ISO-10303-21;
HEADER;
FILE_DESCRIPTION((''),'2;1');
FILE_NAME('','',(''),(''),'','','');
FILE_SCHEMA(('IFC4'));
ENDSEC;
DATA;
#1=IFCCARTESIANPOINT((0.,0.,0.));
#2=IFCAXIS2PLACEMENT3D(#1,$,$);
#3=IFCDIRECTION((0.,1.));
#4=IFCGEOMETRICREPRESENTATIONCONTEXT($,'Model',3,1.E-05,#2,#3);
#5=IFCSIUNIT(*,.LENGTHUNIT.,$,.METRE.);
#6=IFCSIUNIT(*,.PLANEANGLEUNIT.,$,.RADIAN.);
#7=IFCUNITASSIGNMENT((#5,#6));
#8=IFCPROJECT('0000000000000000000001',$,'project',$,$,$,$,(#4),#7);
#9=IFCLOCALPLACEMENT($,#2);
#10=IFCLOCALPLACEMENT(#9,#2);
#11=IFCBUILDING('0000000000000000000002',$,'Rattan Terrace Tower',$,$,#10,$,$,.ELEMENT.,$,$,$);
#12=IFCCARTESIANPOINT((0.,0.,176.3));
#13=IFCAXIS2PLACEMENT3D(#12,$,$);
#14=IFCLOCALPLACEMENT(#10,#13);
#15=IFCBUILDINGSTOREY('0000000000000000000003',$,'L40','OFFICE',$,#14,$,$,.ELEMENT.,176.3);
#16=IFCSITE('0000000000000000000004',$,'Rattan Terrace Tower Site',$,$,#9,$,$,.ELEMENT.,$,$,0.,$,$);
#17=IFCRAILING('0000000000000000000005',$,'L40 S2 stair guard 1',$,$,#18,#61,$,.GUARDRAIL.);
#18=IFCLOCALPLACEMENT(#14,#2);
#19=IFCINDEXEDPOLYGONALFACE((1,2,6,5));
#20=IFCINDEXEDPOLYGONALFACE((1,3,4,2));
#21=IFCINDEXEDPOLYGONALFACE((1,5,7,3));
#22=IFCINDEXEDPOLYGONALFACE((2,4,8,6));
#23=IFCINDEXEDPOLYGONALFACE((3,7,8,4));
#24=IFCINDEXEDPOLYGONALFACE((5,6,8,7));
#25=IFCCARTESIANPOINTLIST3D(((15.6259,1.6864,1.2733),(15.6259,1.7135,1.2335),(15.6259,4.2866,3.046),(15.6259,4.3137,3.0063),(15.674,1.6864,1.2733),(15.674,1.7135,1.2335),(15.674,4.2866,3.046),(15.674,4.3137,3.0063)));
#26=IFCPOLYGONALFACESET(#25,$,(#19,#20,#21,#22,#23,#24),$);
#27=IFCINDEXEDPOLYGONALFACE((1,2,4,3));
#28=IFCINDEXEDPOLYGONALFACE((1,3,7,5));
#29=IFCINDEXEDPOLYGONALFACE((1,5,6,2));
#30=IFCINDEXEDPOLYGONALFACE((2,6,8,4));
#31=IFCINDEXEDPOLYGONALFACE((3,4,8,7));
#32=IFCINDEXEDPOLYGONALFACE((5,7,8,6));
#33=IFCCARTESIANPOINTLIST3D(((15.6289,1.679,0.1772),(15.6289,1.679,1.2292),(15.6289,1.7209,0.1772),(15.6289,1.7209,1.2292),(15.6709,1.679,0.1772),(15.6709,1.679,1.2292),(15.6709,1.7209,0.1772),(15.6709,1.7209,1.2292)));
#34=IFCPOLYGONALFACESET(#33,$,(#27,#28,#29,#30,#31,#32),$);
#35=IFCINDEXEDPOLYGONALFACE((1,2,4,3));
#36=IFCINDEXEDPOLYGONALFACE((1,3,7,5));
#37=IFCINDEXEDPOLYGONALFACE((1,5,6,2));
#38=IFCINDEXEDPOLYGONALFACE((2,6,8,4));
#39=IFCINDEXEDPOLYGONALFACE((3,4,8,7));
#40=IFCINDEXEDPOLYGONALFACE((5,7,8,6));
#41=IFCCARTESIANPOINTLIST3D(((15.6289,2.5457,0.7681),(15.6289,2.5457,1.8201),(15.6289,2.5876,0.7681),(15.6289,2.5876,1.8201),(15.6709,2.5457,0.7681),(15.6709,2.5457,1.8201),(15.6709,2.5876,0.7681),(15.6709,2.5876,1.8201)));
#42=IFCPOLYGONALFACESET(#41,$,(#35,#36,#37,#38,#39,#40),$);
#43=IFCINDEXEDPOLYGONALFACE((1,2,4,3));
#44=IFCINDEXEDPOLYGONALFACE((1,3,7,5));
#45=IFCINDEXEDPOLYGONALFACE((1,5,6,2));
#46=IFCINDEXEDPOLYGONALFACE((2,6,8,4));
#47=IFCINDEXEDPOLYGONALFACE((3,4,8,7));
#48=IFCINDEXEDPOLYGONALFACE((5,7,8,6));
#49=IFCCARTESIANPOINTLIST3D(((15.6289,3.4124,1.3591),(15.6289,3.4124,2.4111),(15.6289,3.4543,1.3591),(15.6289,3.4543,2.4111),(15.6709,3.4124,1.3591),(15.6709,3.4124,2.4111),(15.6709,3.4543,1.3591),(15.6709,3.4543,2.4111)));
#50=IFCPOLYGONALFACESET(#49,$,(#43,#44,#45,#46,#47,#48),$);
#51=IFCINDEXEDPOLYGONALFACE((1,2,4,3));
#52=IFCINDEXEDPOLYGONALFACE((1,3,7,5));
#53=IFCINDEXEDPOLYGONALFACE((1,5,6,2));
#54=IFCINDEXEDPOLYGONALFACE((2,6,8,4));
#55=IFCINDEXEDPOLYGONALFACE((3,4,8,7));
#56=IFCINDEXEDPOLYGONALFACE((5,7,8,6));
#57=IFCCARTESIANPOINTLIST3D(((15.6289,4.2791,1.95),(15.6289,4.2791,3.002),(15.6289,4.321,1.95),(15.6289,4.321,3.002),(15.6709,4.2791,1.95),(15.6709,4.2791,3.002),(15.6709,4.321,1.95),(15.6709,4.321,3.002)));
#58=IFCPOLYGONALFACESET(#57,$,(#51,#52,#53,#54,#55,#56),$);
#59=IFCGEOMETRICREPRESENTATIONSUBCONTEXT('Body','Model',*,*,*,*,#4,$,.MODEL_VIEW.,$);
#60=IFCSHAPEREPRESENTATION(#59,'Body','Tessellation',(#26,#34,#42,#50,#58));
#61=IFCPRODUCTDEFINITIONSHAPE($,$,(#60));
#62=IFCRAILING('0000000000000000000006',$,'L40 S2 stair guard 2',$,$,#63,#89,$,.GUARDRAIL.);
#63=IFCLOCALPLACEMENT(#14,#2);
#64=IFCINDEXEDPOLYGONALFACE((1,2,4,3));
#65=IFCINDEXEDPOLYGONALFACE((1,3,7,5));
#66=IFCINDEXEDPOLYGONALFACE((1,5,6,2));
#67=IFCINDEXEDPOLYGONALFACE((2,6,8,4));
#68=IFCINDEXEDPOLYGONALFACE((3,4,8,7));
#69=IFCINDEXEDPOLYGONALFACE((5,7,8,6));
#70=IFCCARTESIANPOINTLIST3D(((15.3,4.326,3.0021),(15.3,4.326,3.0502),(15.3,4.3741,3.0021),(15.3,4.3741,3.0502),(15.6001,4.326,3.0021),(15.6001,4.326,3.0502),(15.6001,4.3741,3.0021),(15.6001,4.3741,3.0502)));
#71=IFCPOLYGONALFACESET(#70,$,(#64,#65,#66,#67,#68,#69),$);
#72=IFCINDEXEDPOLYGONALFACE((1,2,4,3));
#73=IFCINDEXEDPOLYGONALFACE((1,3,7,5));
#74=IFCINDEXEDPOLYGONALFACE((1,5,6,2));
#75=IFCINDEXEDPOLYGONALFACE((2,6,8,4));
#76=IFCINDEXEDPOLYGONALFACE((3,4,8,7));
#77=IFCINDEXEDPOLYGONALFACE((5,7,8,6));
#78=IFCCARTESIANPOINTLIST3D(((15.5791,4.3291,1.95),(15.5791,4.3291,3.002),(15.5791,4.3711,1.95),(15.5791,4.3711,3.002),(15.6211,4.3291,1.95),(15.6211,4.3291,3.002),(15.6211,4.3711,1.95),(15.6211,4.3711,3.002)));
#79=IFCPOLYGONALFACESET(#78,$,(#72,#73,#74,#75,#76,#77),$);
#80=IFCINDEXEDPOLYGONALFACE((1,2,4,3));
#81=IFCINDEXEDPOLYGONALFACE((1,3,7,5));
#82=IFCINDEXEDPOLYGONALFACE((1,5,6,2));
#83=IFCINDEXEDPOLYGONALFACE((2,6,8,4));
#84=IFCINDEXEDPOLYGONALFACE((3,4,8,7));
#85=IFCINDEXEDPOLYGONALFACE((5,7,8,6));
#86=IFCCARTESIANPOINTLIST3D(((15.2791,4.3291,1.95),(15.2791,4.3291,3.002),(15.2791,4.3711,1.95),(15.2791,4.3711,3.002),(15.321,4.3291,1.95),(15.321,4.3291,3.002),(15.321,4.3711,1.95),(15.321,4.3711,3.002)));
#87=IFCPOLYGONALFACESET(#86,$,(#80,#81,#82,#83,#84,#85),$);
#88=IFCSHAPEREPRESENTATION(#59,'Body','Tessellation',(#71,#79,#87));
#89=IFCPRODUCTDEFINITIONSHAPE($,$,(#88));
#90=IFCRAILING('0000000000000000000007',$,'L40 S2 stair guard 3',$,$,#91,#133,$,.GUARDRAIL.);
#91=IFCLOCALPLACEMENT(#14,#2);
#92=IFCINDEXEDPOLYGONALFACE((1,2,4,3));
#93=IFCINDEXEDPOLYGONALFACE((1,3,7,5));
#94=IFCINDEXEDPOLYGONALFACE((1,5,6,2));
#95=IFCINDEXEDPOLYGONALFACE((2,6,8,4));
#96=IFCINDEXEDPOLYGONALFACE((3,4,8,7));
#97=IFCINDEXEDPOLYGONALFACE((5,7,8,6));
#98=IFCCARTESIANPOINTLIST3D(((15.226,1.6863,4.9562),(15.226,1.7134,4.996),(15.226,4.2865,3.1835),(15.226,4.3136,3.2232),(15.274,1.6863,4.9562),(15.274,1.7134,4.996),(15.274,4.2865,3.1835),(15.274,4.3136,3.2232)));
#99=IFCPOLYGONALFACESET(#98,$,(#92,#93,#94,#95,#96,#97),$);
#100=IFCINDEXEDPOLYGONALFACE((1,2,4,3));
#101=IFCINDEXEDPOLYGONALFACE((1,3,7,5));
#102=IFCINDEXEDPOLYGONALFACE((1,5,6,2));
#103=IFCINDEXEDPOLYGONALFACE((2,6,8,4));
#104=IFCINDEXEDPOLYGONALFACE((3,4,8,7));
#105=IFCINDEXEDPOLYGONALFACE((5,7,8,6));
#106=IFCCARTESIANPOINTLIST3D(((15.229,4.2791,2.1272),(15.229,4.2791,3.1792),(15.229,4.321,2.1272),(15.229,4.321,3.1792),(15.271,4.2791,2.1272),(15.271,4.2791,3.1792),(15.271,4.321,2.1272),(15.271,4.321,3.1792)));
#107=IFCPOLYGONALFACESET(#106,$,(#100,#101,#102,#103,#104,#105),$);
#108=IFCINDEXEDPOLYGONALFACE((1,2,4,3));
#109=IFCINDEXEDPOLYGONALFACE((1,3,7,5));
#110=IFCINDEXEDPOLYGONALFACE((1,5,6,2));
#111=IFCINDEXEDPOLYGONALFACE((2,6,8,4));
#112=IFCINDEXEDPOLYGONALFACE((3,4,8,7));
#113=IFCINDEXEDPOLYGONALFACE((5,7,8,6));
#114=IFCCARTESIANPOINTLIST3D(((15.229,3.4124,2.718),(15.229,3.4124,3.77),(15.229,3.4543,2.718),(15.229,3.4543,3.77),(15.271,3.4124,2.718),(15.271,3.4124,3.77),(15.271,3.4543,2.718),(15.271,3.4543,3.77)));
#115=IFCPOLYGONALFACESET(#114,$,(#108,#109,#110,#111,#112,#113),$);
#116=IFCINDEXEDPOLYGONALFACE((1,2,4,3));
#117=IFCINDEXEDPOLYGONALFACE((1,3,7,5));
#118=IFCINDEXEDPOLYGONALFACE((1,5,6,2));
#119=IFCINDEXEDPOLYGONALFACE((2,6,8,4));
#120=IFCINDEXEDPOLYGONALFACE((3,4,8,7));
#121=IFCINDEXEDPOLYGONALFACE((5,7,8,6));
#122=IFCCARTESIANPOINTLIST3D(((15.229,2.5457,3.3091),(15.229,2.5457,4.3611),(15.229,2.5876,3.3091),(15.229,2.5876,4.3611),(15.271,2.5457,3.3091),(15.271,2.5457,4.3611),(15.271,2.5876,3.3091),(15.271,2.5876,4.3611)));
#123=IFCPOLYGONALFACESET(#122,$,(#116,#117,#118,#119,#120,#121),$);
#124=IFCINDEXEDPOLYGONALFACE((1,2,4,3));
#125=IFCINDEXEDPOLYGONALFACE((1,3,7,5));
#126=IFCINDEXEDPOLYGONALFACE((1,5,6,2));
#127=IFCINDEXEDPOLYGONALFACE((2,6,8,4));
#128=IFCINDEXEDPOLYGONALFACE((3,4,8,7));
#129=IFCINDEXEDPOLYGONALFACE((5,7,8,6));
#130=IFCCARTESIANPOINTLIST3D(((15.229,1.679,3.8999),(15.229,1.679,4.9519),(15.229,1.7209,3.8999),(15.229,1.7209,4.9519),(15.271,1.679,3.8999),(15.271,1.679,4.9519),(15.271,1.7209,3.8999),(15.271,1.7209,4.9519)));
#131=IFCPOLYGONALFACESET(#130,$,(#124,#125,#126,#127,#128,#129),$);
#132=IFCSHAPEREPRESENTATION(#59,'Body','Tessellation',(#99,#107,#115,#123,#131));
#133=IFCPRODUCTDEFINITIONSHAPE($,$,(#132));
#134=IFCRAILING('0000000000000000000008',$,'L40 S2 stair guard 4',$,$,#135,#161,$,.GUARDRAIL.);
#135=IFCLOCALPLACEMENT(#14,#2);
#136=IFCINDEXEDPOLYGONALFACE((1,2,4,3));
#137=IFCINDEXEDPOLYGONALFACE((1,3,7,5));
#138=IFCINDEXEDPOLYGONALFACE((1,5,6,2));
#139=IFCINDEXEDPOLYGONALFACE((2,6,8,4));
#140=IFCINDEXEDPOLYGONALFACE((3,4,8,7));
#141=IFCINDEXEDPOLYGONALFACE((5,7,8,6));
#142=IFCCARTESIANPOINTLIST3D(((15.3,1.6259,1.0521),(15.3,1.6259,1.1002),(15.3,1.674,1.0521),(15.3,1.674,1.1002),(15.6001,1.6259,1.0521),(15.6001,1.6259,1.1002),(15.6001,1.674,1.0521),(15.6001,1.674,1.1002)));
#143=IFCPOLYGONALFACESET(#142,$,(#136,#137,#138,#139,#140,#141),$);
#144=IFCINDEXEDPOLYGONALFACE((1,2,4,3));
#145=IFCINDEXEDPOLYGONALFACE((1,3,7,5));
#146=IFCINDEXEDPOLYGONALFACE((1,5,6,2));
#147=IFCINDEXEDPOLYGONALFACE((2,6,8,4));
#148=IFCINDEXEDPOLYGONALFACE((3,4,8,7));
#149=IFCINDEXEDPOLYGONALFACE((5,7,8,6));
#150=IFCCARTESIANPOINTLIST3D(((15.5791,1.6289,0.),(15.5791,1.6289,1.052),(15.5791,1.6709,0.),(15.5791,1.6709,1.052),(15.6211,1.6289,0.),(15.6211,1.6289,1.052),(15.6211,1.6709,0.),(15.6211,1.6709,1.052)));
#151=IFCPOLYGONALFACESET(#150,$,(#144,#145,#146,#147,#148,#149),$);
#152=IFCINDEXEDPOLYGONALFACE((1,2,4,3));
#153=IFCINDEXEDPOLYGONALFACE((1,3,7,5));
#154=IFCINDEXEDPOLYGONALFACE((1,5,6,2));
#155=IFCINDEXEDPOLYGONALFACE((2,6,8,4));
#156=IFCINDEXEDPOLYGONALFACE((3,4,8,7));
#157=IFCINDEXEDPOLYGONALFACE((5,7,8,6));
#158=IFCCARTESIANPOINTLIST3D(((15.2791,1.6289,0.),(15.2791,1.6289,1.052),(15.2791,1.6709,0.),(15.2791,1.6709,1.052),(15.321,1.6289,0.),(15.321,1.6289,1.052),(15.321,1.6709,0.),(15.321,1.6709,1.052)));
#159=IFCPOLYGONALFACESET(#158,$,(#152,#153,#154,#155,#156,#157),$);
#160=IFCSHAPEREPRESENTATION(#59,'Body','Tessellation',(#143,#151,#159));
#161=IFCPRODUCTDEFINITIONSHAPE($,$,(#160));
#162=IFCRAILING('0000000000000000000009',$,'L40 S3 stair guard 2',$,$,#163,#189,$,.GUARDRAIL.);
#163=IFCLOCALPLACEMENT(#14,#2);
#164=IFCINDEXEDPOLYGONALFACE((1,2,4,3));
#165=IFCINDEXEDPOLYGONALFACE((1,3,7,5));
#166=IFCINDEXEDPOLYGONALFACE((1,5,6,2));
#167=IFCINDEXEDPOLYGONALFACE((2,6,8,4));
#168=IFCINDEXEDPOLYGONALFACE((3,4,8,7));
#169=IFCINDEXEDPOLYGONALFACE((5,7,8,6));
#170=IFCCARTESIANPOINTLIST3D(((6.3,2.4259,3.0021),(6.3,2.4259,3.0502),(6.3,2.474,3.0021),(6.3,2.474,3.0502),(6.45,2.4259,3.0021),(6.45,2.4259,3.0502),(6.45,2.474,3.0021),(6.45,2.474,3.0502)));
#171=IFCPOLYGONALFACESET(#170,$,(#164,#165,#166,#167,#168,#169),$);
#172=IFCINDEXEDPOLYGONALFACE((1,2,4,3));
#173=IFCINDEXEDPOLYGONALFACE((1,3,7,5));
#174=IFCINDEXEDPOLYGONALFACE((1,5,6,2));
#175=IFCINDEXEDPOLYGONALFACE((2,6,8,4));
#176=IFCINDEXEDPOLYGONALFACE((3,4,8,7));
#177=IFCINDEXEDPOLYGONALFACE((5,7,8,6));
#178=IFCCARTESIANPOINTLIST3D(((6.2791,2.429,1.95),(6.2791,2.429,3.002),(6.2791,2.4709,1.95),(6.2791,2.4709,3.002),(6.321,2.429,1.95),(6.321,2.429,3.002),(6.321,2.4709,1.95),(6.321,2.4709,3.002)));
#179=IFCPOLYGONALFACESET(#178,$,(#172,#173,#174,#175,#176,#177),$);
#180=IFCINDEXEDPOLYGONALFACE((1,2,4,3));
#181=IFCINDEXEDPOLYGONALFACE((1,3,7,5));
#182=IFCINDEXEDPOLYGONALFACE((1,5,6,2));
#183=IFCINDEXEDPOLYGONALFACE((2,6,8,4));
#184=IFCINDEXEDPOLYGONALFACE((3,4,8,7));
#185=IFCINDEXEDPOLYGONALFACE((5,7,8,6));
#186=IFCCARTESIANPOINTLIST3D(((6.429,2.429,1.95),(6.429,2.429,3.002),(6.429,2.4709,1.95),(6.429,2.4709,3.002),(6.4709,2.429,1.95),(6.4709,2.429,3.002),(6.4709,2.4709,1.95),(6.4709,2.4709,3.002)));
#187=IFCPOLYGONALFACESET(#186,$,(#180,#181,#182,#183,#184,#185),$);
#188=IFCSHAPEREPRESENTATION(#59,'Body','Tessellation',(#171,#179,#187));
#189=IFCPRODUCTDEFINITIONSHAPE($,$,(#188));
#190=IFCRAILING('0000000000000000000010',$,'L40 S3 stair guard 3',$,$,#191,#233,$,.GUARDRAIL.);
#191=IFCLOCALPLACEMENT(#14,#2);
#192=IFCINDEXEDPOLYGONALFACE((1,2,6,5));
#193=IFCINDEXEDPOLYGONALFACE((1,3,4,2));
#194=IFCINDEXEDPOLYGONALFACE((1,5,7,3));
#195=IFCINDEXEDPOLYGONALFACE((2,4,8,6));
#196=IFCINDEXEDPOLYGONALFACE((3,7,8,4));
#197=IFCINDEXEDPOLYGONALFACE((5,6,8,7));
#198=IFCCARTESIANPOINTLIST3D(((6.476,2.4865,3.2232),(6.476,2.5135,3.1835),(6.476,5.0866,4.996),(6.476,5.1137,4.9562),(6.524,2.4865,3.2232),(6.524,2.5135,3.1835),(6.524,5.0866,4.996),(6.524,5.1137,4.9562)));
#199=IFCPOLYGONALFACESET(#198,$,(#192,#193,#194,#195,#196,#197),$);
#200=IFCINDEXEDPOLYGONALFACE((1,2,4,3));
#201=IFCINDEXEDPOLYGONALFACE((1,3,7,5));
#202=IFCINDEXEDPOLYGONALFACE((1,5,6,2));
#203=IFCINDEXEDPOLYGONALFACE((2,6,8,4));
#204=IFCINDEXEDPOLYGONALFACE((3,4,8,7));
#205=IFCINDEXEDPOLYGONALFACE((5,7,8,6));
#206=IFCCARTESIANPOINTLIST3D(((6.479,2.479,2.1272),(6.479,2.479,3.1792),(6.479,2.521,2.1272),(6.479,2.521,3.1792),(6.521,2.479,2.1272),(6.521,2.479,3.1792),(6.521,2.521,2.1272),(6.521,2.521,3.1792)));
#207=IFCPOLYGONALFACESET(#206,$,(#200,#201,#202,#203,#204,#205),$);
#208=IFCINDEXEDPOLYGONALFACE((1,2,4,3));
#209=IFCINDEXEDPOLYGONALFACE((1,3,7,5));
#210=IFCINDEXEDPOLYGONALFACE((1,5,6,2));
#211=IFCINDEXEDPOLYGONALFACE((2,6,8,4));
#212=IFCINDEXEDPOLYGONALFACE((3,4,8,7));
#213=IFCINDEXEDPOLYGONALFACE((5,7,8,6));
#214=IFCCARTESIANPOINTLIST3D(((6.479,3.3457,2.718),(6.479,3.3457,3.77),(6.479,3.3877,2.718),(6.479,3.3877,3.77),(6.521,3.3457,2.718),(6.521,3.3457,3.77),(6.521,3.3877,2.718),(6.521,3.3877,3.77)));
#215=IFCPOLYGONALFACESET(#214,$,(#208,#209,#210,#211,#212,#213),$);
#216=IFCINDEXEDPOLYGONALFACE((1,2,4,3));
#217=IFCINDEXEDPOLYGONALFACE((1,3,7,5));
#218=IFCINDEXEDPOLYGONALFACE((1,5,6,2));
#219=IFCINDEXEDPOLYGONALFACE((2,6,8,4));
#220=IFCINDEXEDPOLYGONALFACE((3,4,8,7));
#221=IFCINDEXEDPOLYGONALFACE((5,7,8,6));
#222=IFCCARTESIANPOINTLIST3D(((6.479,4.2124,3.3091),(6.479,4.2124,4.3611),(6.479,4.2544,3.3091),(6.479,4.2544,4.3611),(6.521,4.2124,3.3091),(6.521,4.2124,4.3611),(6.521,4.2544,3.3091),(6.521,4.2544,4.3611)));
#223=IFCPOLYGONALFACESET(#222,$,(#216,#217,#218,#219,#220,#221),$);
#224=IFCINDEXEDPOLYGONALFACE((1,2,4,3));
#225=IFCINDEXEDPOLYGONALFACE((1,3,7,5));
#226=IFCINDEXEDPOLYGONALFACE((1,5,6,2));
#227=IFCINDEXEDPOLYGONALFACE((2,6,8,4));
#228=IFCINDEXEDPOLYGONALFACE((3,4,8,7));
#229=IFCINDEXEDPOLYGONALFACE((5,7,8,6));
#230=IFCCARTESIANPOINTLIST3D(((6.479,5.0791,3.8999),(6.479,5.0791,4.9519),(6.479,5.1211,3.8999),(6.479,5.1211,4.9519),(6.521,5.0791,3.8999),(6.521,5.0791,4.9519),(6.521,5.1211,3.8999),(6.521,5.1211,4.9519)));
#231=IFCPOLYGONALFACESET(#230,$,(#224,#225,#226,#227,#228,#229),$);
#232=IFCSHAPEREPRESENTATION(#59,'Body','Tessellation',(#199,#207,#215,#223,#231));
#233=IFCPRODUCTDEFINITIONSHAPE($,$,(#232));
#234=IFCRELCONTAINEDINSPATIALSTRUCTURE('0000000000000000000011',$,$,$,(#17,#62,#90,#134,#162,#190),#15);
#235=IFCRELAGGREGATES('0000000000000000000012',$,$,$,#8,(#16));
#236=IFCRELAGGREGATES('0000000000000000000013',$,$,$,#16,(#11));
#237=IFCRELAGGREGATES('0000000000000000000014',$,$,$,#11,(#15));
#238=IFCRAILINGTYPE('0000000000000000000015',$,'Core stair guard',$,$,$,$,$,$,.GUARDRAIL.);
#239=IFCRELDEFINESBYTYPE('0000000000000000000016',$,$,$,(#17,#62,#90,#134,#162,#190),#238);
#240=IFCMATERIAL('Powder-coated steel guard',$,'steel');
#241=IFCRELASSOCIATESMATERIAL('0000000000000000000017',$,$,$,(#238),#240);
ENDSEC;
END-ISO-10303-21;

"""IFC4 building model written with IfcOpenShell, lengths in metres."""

from ifc_helpers import new_model, si_unit, direction, frame, origin, origin_2d, place, context, subcontext, project, spatial, rectangle, extrude, material, type_object, element, save


model = new_model("IFC4")

# Units and contexts
model_context = context("Model", 3, precision=1e-05, world=origin(), true_north=direction((0.0, 1.0)))
body_context = subcontext(model_context, "Body", "Model", "MODEL_VIEW")
ifc_project = project(units=[si_unit("LENGTHUNIT", "METRE"), si_unit("PLANEANGLEUNIT", "RADIAN")], contexts=[model_context])

# Site, building, storey
site_placement = place(None, origin())
site = spatial("IfcSite", under=ifc_project, at=site_placement, Name="Rattan Terrace Tower Site", CompositionType="ELEMENT", RefElevation=0.0)
building_placement = place(site_placement, origin())
building = spatial("IfcBuilding", under=site, at=building_placement, Name="Rattan Terrace Tower", CompositionType="ELEMENT")
storey_placement = place(building_placement, frame((0.0, 0.0, 176.3)))
storey = spatial("IfcBuildingStorey", under=building, at=storey_placement, Name="L40", Description="OFFICE", CompositionType="ELEMENT", Elevation=176.3)

# Railings
ifc_material_1 = material(Name="Powder-coated steel guard", Category="steel")
railing_type_1 = type_object("IfcRailingType", Name="Core stair guard", PredefinedType="GUARDRAIL", material=ifc_material_1)
railing_1_placement = place(storey_placement, frame((15.6499, 1.7, 0.1772)))
element("IfcRailing", 1, at=railing_1_placement, inside=storey, type_object=railing_type_1, Name="L40 S2 stair guard 1", PredefinedType="GUARDRAIL", context=body_context, shape_type="SweptSolid", body=[
    extrude(rectangle(XDim=0.0481, YDim=0.0481, at=origin_2d()), frame((0.0, 0.0, 1.0762), z_axis=(0.0, 0.82624, 0.563318), x_axis=(-1.0, 0.0, 0.0)), (0.0, 0.0, 1.0), 3.147),
    extrude(rectangle(XDim=0.042, YDim=0.042, at=origin_2d()), origin(), (0.0, 0.0, 1.0), 1.052),
    extrude(rectangle(XDim=0.042, YDim=0.042, at=origin_2d()), frame((0.0, 0.8667, 0.5908)), (0.0, 0.0, 1.0), 1.052),
    extrude(rectangle(XDim=0.042, YDim=0.042, at=origin_2d()), frame((0.0, 1.7334, 1.1819)), (0.0, 0.0, 1.0), 1.052),
    extrude(rectangle(XDim=0.042, YDim=0.042, at=origin_2d()), frame((0.0, 2.6001, 1.7727)), (0.0, 0.0, 1.0), 1.052),
])
railing_2_placement = place(storey_placement, frame((15.6001, 4.3501, 1.95)))
element("IfcRailing", 2, at=railing_2_placement, inside=storey, type_object=railing_type_1, Name="L40 S2 stair guard 2", PredefinedType="GUARDRAIL", context=body_context, shape_type="SweptSolid", body=[
    extrude(rectangle(XDim=0.0481, YDim=0.0481, at=origin_2d()), frame((0.0, 0.0, 1.0762), z_axis=(-1.0, 0.0, 0.0), x_axis=(0.0, -1.0, 0.0)), (0.0, 0.0, 1.0), 0.3),
    extrude(rectangle(XDim=0.042, YDim=0.042, at=origin_2d()), origin(), (0.0, 0.0, 1.0), 1.052),
    extrude(rectangle(XDim=0.042, YDim=0.042, at=origin_2d()), frame((-0.3, 0.0, 0.0)), (0.0, 0.0, 1.0), 1.052),
])
railing_3_placement = place(storey_placement, frame((15.25, 4.3, 2.1272)))
element("IfcRailing", 3, at=railing_3_placement, inside=storey, type_object=railing_type_1, Name="L40 S2 stair guard 3", PredefinedType="GUARDRAIL", context=body_context, shape_type="SweptSolid", body=[
    extrude(rectangle(XDim=0.0481, YDim=0.0481, at=origin_2d()), frame((0.0, 0.0, 1.0762), z_axis=(0.0, -0.82624, 0.563318), x_axis=(1.0, 0.0, 0.0)), (0.0, 0.0, 1.0), 3.147),
    extrude(rectangle(XDim=0.042, YDim=0.042, at=origin_2d()), origin(), (0.0, 0.0, 1.0), 1.052),
    extrude(rectangle(XDim=0.042, YDim=0.042, at=origin_2d()), frame((0.0, -0.8667, 0.5908)), (0.0, 0.0, 1.0), 1.052),
    extrude(rectangle(XDim=0.042, YDim=0.042, at=origin_2d()), frame((0.0, -1.7334, 1.1819)), (0.0, 0.0, 1.0), 1.052),
    extrude(rectangle(XDim=0.042, YDim=0.042, at=origin_2d()), frame((0.0, -2.6001, 1.7727)), (0.0, 0.0, 1.0), 1.052),
])
railing_4_placement = place(storey_placement, frame((15.6001, 1.6499, 0.0)))
element("IfcRailing", 4, at=railing_4_placement, inside=storey, type_object=railing_type_1, Name="L40 S2 stair guard 4", PredefinedType="GUARDRAIL", context=body_context, shape_type="SweptSolid", body=[
    extrude(rectangle(XDim=0.0481, YDim=0.0481, at=origin_2d()), frame((0.0, 0.0, 1.0762), z_axis=(-1.0, 0.0, 0.0), x_axis=(0.0, -1.0, 0.0)), (0.0, 0.0, 1.0), 0.3),
    extrude(rectangle(XDim=0.042, YDim=0.042, at=origin_2d()), origin(), (0.0, 0.0, 1.0), 1.052),
    extrude(rectangle(XDim=0.042, YDim=0.042, at=origin_2d()), frame((-0.3, 0.0, 0.0)), (0.0, 0.0, 1.0), 1.052),
])
railing_5_placement = place(storey_placement, frame((6.3, 2.45, 1.95)))
element("IfcRailing", 5, at=railing_5_placement, inside=storey, type_object=railing_type_1, Name="L40 S3 stair guard 2", PredefinedType="GUARDRAIL", context=body_context, shape_type="SweptSolid", body=[
    extrude(rectangle(XDim=0.0481, YDim=0.0481, at=origin_2d()), frame((0.0, 0.0, 1.0762), z_axis=(1.0, 0.0, 0.0), x_axis=(0.0, 1.0, 0.0)), (0.0, 0.0, 1.0), 0.1499),
    extrude(rectangle(XDim=0.042, YDim=0.042, at=origin_2d()), origin(), (0.0, 0.0, 1.0), 1.052),
    extrude(rectangle(XDim=0.042, YDim=0.042, at=origin_2d()), frame((0.1499, 0.0, 0.0)), (0.0, 0.0, 1.0), 1.052),
])
railing_6_placement = place(storey_placement, frame((6.5, 2.5, 2.1272)))
element("IfcRailing", 6, at=railing_6_placement, inside=storey, type_object=railing_type_1, Name="L40 S3 stair guard 3", PredefinedType="GUARDRAIL", context=body_context, shape_type="SweptSolid", body=[
    extrude(rectangle(XDim=0.0481, YDim=0.0481, at=origin_2d()), frame((0.0, 0.0, 1.0762), z_axis=(0.0, 0.82624, 0.563318), x_axis=(-1.0, 0.0, 0.0)), (0.0, 0.0, 1.0), 3.147),
    extrude(rectangle(XDim=0.042, YDim=0.042, at=origin_2d()), origin(), (0.0, 0.0, 1.0), 1.052),
    extrude(rectangle(XDim=0.042, YDim=0.042, at=origin_2d()), frame((0.0, 0.8667, 0.5908)), (0.0, 0.0, 1.0), 1.052),
    extrude(rectangle(XDim=0.042, YDim=0.042, at=origin_2d()), frame((0.0, 1.7334, 1.1819)), (0.0, 0.0, 1.0), 1.052),
    extrude(rectangle(XDim=0.042, YDim=0.042, at=origin_2d()), frame((0.0, 2.6001, 1.7727)), (0.0, 0.0, 1.0), 1.052),
])

save(model, "model.ifc")
